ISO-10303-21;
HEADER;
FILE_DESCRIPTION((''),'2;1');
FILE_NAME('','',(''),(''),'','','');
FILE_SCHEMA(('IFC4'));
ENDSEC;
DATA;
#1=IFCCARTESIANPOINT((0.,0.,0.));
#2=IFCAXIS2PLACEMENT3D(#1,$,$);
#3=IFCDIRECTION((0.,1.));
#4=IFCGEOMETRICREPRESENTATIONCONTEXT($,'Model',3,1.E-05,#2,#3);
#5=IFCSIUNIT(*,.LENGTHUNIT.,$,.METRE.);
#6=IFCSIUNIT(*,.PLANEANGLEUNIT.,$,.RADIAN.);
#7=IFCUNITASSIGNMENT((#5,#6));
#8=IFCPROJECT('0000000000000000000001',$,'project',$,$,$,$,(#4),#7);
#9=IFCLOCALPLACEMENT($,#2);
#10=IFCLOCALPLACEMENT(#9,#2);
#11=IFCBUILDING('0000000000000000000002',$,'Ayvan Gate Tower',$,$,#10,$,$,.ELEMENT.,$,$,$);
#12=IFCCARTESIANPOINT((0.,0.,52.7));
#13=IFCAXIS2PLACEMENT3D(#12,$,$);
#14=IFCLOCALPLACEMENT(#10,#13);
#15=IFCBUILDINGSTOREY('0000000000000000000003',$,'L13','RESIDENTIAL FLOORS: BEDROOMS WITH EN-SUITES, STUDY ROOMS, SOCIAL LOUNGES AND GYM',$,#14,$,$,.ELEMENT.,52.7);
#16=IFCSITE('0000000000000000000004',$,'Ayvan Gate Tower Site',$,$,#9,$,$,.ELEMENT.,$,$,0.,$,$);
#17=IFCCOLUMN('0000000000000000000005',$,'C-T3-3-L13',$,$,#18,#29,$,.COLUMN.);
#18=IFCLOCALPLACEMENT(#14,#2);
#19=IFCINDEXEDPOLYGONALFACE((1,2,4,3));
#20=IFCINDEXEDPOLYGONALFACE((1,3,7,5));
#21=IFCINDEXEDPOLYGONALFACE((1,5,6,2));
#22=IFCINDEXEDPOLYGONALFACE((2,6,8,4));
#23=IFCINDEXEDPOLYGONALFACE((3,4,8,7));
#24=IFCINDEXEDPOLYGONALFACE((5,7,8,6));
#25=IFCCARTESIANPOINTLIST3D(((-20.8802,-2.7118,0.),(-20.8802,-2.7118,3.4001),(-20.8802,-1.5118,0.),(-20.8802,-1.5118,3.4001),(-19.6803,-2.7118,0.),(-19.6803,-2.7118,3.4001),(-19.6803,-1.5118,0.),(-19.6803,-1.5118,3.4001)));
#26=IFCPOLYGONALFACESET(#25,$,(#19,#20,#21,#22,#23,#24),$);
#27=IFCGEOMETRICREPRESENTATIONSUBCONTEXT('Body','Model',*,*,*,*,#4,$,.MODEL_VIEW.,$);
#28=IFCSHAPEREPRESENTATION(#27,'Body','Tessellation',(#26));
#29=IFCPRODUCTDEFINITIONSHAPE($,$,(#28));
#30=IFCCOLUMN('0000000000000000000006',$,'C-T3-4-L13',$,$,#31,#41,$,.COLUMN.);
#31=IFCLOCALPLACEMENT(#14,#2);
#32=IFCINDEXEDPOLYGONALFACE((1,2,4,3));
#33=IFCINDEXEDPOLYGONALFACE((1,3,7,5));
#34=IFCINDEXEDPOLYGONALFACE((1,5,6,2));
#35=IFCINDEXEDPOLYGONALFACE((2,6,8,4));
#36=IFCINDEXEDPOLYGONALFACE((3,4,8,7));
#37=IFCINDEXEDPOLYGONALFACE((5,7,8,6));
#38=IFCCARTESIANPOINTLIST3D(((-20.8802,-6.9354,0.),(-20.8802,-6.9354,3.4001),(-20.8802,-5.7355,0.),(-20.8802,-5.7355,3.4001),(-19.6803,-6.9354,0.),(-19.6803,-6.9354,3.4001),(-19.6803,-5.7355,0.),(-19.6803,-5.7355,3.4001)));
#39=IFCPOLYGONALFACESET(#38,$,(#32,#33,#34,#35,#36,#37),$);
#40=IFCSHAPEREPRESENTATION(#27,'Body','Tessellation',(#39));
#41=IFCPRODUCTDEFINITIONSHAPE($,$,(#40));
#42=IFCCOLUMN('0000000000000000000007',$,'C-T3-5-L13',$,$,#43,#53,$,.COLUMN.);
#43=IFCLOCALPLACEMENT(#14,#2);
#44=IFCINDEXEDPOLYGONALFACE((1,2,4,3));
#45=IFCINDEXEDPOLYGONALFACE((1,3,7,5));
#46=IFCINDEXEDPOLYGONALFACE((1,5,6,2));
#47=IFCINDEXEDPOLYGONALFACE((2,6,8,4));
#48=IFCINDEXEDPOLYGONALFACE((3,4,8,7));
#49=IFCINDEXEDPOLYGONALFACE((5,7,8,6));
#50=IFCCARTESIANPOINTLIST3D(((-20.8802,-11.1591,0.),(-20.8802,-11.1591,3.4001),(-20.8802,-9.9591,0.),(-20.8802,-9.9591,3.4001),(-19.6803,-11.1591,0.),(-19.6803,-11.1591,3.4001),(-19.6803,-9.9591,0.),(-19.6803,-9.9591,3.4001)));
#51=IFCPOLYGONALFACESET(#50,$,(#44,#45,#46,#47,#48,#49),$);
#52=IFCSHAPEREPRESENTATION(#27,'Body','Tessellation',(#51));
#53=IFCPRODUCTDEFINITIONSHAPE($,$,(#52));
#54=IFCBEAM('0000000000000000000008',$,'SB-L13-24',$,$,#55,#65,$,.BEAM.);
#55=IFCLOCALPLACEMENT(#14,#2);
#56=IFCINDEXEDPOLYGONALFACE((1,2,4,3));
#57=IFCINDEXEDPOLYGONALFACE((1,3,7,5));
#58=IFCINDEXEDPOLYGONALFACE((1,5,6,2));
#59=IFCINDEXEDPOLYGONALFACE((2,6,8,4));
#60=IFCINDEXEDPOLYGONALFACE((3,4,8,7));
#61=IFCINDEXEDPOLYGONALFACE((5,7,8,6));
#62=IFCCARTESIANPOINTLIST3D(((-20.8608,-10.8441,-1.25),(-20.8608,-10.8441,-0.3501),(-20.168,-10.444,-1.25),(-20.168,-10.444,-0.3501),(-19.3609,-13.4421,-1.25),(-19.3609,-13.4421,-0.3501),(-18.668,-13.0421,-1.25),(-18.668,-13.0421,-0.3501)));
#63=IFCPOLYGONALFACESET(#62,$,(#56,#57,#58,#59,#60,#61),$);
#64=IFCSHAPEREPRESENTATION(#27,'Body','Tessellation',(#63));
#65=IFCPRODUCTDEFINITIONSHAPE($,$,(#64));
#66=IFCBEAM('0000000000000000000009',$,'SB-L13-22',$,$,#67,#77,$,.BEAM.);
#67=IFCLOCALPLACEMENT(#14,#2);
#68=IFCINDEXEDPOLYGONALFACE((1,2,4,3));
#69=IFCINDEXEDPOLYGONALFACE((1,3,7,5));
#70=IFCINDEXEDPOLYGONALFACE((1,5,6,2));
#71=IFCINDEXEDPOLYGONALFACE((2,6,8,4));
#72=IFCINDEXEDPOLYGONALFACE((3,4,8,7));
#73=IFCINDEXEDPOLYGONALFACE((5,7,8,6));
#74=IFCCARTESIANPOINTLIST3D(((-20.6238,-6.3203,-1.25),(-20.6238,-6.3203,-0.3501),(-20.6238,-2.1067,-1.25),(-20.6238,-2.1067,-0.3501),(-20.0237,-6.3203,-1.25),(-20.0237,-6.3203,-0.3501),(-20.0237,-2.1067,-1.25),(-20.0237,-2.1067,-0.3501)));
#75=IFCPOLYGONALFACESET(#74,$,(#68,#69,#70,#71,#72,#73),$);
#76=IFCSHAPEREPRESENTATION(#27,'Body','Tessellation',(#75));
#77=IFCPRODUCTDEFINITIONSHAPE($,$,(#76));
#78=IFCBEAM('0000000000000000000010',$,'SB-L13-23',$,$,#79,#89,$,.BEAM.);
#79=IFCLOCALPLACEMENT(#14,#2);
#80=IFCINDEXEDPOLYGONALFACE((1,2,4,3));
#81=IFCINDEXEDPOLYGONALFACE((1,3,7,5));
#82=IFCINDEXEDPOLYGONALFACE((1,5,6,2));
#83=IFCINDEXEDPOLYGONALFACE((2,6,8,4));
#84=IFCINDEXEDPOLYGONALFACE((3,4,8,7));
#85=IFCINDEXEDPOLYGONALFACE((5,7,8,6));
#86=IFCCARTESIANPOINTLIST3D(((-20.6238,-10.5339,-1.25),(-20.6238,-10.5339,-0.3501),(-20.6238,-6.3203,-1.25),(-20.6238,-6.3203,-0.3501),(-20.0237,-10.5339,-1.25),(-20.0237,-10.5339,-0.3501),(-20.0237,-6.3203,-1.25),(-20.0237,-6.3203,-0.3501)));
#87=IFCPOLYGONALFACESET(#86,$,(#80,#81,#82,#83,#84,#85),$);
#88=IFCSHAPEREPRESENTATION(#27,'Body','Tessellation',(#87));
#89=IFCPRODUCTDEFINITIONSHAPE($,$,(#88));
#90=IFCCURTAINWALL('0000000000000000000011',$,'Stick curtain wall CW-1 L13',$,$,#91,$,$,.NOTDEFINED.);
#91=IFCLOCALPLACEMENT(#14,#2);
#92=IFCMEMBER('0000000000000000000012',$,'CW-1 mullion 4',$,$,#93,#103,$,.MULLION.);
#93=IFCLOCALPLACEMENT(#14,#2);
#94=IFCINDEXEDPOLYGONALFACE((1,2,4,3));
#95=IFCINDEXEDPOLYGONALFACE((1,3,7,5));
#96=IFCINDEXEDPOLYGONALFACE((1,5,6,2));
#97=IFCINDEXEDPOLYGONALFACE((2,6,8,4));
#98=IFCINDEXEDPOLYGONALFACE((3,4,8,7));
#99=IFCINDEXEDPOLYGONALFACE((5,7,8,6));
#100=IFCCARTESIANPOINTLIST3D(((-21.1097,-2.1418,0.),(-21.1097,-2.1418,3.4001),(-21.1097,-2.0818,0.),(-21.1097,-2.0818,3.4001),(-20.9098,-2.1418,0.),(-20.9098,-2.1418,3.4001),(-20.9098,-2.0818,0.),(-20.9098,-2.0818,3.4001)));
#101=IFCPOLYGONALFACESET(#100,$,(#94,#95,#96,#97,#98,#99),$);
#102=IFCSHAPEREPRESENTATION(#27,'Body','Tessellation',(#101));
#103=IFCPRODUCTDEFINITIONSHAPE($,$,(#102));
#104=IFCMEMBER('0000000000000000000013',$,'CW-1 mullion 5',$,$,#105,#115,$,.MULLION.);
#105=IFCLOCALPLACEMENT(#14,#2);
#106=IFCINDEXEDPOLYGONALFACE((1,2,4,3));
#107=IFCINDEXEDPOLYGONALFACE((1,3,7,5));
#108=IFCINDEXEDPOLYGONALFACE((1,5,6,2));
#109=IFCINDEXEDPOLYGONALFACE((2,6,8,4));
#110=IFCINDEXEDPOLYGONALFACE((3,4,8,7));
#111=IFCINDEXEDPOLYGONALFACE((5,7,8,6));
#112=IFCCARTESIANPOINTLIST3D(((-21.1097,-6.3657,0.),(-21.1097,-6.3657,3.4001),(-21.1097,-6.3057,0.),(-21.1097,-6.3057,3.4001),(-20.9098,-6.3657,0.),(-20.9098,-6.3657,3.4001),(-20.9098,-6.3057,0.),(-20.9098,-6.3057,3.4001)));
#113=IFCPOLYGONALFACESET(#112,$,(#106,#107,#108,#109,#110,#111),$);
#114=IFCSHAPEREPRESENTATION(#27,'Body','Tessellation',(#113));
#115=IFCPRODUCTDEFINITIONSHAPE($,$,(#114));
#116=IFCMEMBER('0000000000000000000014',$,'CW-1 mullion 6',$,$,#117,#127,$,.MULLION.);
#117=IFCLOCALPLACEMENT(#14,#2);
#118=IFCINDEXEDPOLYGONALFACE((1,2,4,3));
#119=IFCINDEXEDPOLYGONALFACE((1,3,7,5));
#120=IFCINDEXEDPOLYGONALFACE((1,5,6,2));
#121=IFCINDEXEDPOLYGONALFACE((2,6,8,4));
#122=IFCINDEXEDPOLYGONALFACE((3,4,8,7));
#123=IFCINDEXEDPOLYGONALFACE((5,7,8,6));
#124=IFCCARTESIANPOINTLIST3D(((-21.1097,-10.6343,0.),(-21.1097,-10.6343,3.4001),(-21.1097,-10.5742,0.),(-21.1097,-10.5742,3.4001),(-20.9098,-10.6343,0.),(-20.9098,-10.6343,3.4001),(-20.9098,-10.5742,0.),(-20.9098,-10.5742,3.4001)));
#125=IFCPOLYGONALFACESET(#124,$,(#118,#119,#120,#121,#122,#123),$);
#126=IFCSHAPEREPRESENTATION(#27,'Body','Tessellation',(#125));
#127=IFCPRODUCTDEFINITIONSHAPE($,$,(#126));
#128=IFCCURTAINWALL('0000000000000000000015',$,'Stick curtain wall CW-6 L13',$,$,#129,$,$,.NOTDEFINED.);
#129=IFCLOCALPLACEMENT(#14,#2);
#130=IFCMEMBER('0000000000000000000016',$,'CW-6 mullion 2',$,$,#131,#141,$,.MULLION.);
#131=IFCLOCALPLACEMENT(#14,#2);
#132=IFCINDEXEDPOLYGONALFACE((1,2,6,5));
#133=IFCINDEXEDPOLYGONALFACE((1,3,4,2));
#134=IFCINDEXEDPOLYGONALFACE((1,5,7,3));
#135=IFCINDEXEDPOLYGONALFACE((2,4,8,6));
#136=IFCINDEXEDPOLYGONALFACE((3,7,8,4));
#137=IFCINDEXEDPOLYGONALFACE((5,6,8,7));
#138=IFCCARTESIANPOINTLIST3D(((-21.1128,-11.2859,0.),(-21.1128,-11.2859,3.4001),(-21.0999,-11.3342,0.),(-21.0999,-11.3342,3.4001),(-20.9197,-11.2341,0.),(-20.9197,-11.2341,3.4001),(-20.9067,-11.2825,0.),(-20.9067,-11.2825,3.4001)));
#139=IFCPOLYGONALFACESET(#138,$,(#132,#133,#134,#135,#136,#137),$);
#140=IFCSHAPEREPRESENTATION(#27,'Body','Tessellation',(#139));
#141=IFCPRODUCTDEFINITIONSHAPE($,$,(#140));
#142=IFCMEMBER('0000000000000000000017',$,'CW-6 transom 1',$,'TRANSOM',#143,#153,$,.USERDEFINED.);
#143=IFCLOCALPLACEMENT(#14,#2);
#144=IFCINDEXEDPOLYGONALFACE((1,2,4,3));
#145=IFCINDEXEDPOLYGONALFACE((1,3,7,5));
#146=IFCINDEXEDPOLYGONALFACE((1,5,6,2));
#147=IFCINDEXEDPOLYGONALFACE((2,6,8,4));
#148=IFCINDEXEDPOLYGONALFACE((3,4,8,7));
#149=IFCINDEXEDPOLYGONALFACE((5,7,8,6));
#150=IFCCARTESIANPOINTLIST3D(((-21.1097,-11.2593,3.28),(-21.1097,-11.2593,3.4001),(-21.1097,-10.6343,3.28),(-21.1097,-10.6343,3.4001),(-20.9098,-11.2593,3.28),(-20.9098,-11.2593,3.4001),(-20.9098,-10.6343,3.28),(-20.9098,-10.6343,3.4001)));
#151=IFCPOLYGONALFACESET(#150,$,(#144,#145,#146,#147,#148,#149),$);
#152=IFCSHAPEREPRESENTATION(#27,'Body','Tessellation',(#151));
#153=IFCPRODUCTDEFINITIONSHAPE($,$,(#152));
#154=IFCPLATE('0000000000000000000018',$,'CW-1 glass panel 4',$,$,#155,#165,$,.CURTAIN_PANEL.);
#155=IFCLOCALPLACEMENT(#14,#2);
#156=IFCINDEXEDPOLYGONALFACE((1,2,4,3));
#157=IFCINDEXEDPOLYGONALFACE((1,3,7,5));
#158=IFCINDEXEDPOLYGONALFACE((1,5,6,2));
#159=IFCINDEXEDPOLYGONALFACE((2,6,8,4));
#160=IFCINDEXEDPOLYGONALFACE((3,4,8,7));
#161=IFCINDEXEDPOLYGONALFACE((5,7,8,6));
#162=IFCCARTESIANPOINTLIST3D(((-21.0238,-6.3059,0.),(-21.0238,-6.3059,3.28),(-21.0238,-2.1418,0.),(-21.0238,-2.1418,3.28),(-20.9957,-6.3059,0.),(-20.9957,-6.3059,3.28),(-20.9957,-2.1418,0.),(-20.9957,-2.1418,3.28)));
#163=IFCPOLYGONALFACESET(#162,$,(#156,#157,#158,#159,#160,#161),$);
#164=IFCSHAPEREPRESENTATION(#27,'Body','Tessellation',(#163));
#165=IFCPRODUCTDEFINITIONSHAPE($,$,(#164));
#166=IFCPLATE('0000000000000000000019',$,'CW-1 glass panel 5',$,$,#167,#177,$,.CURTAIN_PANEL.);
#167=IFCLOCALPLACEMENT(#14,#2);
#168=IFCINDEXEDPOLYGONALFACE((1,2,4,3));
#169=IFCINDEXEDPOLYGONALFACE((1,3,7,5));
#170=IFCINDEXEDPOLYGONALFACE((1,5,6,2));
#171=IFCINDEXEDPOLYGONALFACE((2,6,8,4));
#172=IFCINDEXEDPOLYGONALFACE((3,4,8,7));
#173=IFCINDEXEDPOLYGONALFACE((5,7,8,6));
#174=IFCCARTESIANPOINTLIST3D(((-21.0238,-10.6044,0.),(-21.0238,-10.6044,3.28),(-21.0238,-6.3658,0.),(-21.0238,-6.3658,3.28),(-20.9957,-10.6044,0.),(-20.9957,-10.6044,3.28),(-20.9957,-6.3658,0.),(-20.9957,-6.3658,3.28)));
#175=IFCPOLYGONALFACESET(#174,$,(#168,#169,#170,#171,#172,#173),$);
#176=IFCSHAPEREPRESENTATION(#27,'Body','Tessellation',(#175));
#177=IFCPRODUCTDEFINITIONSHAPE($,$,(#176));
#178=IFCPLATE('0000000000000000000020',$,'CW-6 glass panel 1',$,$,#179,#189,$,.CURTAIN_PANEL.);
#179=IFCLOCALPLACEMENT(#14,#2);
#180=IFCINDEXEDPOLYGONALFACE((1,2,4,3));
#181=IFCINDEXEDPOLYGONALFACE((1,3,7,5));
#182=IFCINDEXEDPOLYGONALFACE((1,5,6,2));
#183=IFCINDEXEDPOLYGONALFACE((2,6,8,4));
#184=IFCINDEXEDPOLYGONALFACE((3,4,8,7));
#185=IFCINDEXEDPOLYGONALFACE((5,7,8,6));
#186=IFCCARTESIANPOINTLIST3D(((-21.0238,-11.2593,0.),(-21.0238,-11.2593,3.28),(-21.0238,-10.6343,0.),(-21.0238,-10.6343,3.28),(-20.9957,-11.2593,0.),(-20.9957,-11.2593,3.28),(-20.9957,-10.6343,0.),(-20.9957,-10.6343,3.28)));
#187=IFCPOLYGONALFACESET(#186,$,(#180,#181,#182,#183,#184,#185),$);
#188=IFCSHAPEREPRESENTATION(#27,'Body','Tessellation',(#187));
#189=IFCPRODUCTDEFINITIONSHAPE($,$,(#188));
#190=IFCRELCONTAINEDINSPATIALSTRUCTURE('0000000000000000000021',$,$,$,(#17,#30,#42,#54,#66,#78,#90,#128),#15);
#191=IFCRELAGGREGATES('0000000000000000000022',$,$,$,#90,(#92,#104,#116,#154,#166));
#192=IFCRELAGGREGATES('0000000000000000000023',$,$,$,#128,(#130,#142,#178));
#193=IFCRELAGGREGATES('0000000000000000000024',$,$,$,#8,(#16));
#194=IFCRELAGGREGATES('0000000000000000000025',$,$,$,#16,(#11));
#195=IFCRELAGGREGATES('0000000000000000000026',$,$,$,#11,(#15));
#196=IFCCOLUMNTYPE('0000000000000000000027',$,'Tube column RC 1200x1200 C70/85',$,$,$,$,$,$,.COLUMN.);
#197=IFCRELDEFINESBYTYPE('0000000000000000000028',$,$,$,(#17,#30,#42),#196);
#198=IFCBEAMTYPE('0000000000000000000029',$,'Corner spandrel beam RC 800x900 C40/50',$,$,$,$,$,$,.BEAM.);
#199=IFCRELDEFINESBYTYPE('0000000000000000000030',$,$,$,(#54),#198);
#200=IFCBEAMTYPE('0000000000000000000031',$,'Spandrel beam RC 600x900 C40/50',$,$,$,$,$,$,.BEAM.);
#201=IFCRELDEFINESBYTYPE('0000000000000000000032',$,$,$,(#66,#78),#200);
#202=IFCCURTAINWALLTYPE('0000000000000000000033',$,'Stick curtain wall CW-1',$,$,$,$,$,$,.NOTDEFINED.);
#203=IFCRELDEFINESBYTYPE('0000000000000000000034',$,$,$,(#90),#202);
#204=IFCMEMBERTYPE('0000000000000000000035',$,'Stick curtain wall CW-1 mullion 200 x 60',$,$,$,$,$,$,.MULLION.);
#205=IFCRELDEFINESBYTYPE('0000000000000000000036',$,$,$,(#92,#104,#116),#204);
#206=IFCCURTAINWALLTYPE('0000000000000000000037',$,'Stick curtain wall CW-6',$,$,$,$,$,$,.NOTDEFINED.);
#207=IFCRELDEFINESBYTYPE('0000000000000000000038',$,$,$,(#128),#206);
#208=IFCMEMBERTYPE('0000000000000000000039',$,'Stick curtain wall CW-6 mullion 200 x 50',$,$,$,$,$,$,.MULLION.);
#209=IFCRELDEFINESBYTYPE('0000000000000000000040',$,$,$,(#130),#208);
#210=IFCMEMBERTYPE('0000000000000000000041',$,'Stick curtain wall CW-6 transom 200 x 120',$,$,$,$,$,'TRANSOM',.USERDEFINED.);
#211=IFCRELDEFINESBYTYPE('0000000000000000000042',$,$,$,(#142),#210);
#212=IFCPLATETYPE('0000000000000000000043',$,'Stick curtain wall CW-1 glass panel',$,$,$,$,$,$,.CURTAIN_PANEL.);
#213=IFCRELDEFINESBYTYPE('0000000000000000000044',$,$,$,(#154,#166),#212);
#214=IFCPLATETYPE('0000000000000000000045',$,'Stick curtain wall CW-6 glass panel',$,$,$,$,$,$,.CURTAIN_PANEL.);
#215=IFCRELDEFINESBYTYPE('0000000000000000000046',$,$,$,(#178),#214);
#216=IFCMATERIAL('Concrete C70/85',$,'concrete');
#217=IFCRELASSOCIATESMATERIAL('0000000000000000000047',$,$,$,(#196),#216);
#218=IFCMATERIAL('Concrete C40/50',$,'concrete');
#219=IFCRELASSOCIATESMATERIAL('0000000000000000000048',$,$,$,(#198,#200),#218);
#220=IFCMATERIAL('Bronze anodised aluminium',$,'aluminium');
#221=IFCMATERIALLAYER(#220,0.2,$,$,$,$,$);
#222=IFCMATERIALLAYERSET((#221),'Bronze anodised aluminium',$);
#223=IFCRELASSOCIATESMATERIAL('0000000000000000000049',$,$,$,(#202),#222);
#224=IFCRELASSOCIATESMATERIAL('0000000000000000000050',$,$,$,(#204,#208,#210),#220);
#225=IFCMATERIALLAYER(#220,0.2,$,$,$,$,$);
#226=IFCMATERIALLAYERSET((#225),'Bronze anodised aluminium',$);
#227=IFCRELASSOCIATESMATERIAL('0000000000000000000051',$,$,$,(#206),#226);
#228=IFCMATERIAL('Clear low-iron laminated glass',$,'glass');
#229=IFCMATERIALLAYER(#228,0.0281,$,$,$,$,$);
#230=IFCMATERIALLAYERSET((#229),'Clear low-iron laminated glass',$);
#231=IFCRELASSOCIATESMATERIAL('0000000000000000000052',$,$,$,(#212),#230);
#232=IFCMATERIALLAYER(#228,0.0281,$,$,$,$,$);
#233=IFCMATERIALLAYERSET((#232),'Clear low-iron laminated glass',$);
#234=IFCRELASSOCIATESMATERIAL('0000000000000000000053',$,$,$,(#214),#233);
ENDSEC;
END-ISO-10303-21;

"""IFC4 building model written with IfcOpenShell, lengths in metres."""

from ifc_helpers import new_model, si_unit, direction, frame, origin, origin_2d, place, context, subcontext, project, spatial, rectangle, extrude, material, layer, layer_set, material_profile, profile_set, type_object, element, aggregate, save


model = new_model("IFC4")

# Units and contexts
model_context = context("Model", 3, precision=1e-05, world=origin(), true_north=direction((0.0, 1.0)))
body_context = subcontext(model_context, "Body", "Model", "MODEL_VIEW")
ifc_project = project(units=[si_unit("LENGTHUNIT", "METRE"), si_unit("PLANEANGLEUNIT", "RADIAN")], contexts=[model_context])

# Site, building, storey
site_placement = place(None, origin())
site = spatial("IfcSite", under=ifc_project, at=site_placement, Name="Ayvan Gate Tower Site", CompositionType="ELEMENT", RefElevation=0.0)
building_placement = place(site_placement, origin())
building = spatial("IfcBuilding", under=site, at=building_placement, Name="Ayvan Gate Tower", CompositionType="ELEMENT")
storey_placement = place(building_placement, frame((0.0, 0.0, 52.7)))
storey = spatial("IfcBuildingStorey", under=building, at=storey_placement, Name="L13", Description="RESIDENTIAL FLOORS: BEDROOMS WITH EN-SUITES, STUDY ROOMS, SOCIAL LOUNGES AND GYM", CompositionType="ELEMENT", Elevation=52.7)

# Columns
ifc_material_1 = material(Name="Concrete C70/85", Category="concrete")
ifc_material_profile_1 = material_profile(ifc_material_1, rectangle(XDim=1.2, YDim=1.2, at=origin_2d()), Name="RC 1200x1200")
ifc_profile_set_1 = profile_set([ifc_material_profile_1], Name="Concrete C70/85")
column_type = type_object("IfcColumnType", Name="Tube column RC 1200x1200 C70/85", PredefinedType="COLUMN", material=ifc_profile_set_1)
for number, where, z_axis, x_axis, name in (
    (1, (-20.2803, -2.1118, 0.0), (0.0, 0.0, 1.0), (-1.0, 0.0, 0.0), "C-T3-3-L13"),
    (2, (-20.2803, -6.3354, 0.0), (0.0, 0.0, 1.0), (-1.0, 0.0, 0.0), "C-T3-4-L13"),
    (3, (-20.2803, -10.5591, 0.0), (0.0, 0.0, 1.0), (-1.0, 0.0, 0.0), "C-T3-5-L13"),
):
    element("IfcColumn", number, at=place(storey_placement, frame(where, z_axis=z_axis, x_axis=x_axis)), inside=storey, type_object=column_type, Name=name, PredefinedType="COLUMN", context=body_context, shape_type="SweptSolid", body=[
        extrude(rectangle(XDim=1.2, YDim=1.2, at=origin_2d()), origin(), (0.0, 0.0, 1.0), 3.4001),
    ])

# Beams
ifc_material_2 = material(Name="Concrete C40/50", Category="concrete")
ifc_material_profile_2 = material_profile(ifc_material_2, rectangle(XDim=0.8, YDim=0.8999, at=origin_2d()), Name="RC 800x900")
ifc_profile_set_2 = profile_set([ifc_material_profile_2], Name="Concrete C40/50")
beam_type_1 = type_object("IfcBeamType", Name="Corner spandrel beam RC 800x900 C40/50", PredefinedType="BEAM", material=ifc_profile_set_2)
beam_placement = place(storey_placement, frame((-20.5144, -10.644, -0.8), z_axis=(0.49999, -0.866031, 0.0), x_axis=(0.866031, 0.49999, 0.0)))
element("IfcBeam", 4, at=beam_placement, inside=storey, type_object=beam_type_1, Name="SB-L13-24", PredefinedType="BEAM", context=body_context, shape_type="SweptSolid", body=[
    extrude(rectangle(XDim=0.8, YDim=0.8999, at=origin_2d()), origin(), (0.0, 0.0, 1.0), 3.0),
])
ifc_material_profile_3 = material_profile(ifc_material_2, rectangle(XDim=0.6001, YDim=0.8999, at=origin_2d()), Name="RC 600x900")
ifc_profile_set_3 = profile_set([ifc_material_profile_3], Name="Concrete C40/50")
beam_type_2 = type_object("IfcBeamType", Name="Spandrel beam RC 600x900 C40/50", PredefinedType="BEAM", material=ifc_profile_set_3)
for number, where, z_axis, x_axis, name in (
    (5, (-20.3237, -2.1067, -0.8), (0.0, -1.0, 0.0), (1.0, 0.0, 0.0), "SB-L13-22"),
    (6, (-20.3237, -6.3203, -0.8), (0.0, -1.0, 0.0), (1.0, 0.0, 0.0), "SB-L13-23"),
):
    element("IfcBeam", number, at=place(storey_placement, frame(where, z_axis=z_axis, x_axis=x_axis)), inside=storey, type_object=beam_type_2, Name=name, PredefinedType="BEAM", context=body_context, shape_type="SweptSolid", body=[
        extrude(rectangle(XDim=0.6001, YDim=0.8999, at=origin_2d()), origin(), (0.0, 0.0, 1.0), 4.2136),
    ])

# Curtain walls, members
ifc_material_3 = material(Name="Bronze anodised aluminium", Category="aluminium")
ifc_layer_1 = layer(ifc_material_3, 0.2)
ifc_layer_set_1 = layer_set([ifc_layer_1], Name="Bronze anodised aluminium")
curtain_wall_type_1 = type_object("IfcCurtainWallType", Name="Stick curtain wall CW-1", PredefinedType="NOTDEFINED", material=ifc_layer_set_1)
curtain_wall_1_placement = place(storey_placement, origin())
curtain_wall_1 = element("IfcCurtainWall", 7, at=curtain_wall_1_placement, inside=storey, type_object=curtain_wall_type_1, Name="Stick curtain wall CW-1 L13", PredefinedType="NOTDEFINED")
ifc_material_profile_4 = material_profile(ifc_material_3, rectangle(XDim=0.2, YDim=0.0601, at=origin_2d()), Name="Stick curtain wall CW-1 mullion 200 x 60")
ifc_profile_set_4 = profile_set([ifc_material_profile_4], Name="Bronze anodised aluminium")
member_type_1 = type_object("IfcMemberType", Name="Stick curtain wall CW-1 mullion 200 x 60", PredefinedType="MULLION", material=ifc_profile_set_4)
member_1_placement = place(storey_placement, frame((-21.0098, -2.1118, 0.0), z_axis=(0.0, 0.0, 1.0), x_axis=(-1.0, 0.0, 0.0)))
member_1 = element("IfcMember", 8, at=member_1_placement, type_object=member_type_1, Name="CW-1 mullion 4", PredefinedType="MULLION", context=body_context, shape_type="SweptSolid", body=[
    extrude(rectangle(XDim=0.2, YDim=0.0601, at=origin_2d()), origin(), (0.0, 0.0, 1.0), 3.4001),
])
member_2_placement = place(storey_placement, frame((-21.0098, -6.3357, 0.0), z_axis=(0.0, 0.0, 1.0), x_axis=(-1.0, 0.0, 0.0)))
member_2 = element("IfcMember", 9, at=member_2_placement, type_object=member_type_1, Name="CW-1 mullion 5", PredefinedType="MULLION", context=body_context, shape_type="SweptSolid", body=[
    extrude(rectangle(XDim=0.2, YDim=0.0601, at=origin_2d()), origin(), (0.0, 0.0, 1.0), 3.4001),
])
member_3_placement = place(storey_placement, frame((-21.0098, -10.6042, 0.0), z_axis=(0.0, 0.0, 1.0), x_axis=(-1.0, 0.0, 0.0)))
member_3 = element("IfcMember", 10, at=member_3_placement, type_object=member_type_1, Name="CW-1 mullion 6", PredefinedType="MULLION", context=body_context, shape_type="SweptSolid", body=[
    extrude(rectangle(XDim=0.2, YDim=0.0601, at=origin_2d()), origin(), (0.0, 0.0, 1.0), 3.4001),
])
ifc_layer_2 = layer(ifc_material_3, 0.2)
ifc_layer_set_2 = layer_set([ifc_layer_2], Name="Bronze anodised aluminium")
curtain_wall_type_2 = type_object("IfcCurtainWallType", Name="Stick curtain wall CW-6", PredefinedType="NOTDEFINED", material=ifc_layer_set_2)
curtain_wall_2_placement = place(storey_placement, origin())
curtain_wall_2 = element("IfcCurtainWall", 11, at=curtain_wall_2_placement, inside=storey, type_object=curtain_wall_type_2, Name="Stick curtain wall CW-6 L13", PredefinedType="NOTDEFINED")
ifc_material_profile_5 = material_profile(ifc_material_3, rectangle(XDim=0.2, YDim=0.05, at=origin_2d()), Name="Stick curtain wall CW-6 mullion 200 x 50")
ifc_profile_set_5 = profile_set([ifc_material_profile_5], Name="Bronze anodised aluminium")
member_type_2 = type_object("IfcMemberType", Name="Stick curtain wall CW-6 mullion 200 x 50", PredefinedType="MULLION", material=ifc_profile_set_5)
member_4_placement = place(storey_placement, frame((-21.0098, -11.2842, 0.0), z_axis=(0.0, 0.0, 1.0), x_axis=(-0.965926, -0.258819, 0.0)))
member_4 = element("IfcMember", 12, at=member_4_placement, type_object=member_type_2, Name="CW-6 mullion 2", PredefinedType="MULLION", context=body_context, shape_type="SweptSolid", body=[
    extrude(rectangle(XDim=0.2, YDim=0.05, at=origin_2d()), origin(), (0.0, 0.0, 1.0), 3.4001),
])
ifc_material_profile_6 = material_profile(ifc_material_3, rectangle(XDim=0.2, YDim=0.1201, at=origin_2d()), Name="Stick curtain wall CW-6 transom 200 x 120")
ifc_profile_set_6 = profile_set([ifc_material_profile_6], Name="Bronze anodised aluminium")
member_type_3 = type_object("IfcMemberType", Name="Stick curtain wall CW-6 transom 200 x 120", ElementType="TRANSOM", PredefinedType="USERDEFINED", material=ifc_profile_set_6)
member_5_placement = place(storey_placement, frame((-21.0098, -10.6343, 3.3401), z_axis=(0.0, -1.0, 0.0), x_axis=(1.0, 0.0, 0.0)))
member_5 = element("IfcMember", 13, at=member_5_placement, type_object=member_type_3, Name="CW-6 transom 1", ObjectType="TRANSOM", PredefinedType="USERDEFINED", context=body_context, shape_type="SweptSolid", body=[
    extrude(rectangle(XDim=0.2, YDim=0.1201, at=origin_2d()), origin(), (0.0, 0.0, 1.0), 0.625),
])

# Plates
ifc_material_4 = material(Name="Clear low-iron laminated glass", Category="glass")
ifc_layer_3 = layer(ifc_material_4, 0.0281)
ifc_layer_set_3 = layer_set([ifc_layer_3], Name="Clear low-iron laminated glass")
plate_type_1 = type_object("IfcPlateType", Name="Stick curtain wall CW-1 glass panel", PredefinedType="CURTAIN_PANEL", material=ifc_layer_set_3)
plate_1_placement = place(storey_placement, frame((-21.0098, -4.2239, 0.0), z_axis=(0.0, 0.0, 1.0), x_axis=(0.0, -1.0, 0.0)))
plate_1 = element("IfcPlate", 14, at=plate_1_placement, type_object=plate_type_1, Name="CW-1 glass panel 4", PredefinedType="CURTAIN_PANEL", context=body_context, shape_type="SweptSolid", body=[
    extrude(rectangle(XDim=4.1641, YDim=0.0281, at=origin_2d()), origin(), (0.0, 0.0, 1.0), 3.28),
])
plate_2_placement = place(storey_placement, frame((-21.0098, -8.4851, 0.0), z_axis=(0.0, 0.0, 1.0), x_axis=(0.0, -1.0, 0.0)))
plate_2 = element("IfcPlate", 15, at=plate_2_placement, type_object=plate_type_1, Name="CW-1 glass panel 5", PredefinedType="CURTAIN_PANEL", context=body_context, shape_type="SweptSolid", body=[
    extrude(rectangle(XDim=4.2385, YDim=0.0281, at=origin_2d()), origin(), (0.0, 0.0, 1.0), 3.28),
])
aggregate(curtain_wall_1, [member_1, member_2, member_3, plate_1, plate_2])
ifc_layer_4 = layer(ifc_material_4, 0.0281)
ifc_layer_set_4 = layer_set([ifc_layer_4], Name="Clear low-iron laminated glass")
plate_type_2 = type_object("IfcPlateType", Name="Stick curtain wall CW-6 glass panel", PredefinedType="CURTAIN_PANEL", material=ifc_layer_set_4)
plate_3_placement = place(storey_placement, frame((-21.0098, -10.9468, 0.0), z_axis=(0.0, 0.0, 1.0), x_axis=(0.0, -1.0, 0.0)))
plate_3 = element("IfcPlate", 16, at=plate_3_placement, type_object=plate_type_2, Name="CW-6 glass panel 1", PredefinedType="CURTAIN_PANEL", context=body_context, shape_type="SweptSolid", body=[
    extrude(rectangle(XDim=0.625, YDim=0.0281, at=origin_2d()), origin(), (0.0, 0.0, 1.0), 3.28),
])
aggregate(curtain_wall_2, [member_4, member_5, plate_3])

save(model, "model.ifc")
